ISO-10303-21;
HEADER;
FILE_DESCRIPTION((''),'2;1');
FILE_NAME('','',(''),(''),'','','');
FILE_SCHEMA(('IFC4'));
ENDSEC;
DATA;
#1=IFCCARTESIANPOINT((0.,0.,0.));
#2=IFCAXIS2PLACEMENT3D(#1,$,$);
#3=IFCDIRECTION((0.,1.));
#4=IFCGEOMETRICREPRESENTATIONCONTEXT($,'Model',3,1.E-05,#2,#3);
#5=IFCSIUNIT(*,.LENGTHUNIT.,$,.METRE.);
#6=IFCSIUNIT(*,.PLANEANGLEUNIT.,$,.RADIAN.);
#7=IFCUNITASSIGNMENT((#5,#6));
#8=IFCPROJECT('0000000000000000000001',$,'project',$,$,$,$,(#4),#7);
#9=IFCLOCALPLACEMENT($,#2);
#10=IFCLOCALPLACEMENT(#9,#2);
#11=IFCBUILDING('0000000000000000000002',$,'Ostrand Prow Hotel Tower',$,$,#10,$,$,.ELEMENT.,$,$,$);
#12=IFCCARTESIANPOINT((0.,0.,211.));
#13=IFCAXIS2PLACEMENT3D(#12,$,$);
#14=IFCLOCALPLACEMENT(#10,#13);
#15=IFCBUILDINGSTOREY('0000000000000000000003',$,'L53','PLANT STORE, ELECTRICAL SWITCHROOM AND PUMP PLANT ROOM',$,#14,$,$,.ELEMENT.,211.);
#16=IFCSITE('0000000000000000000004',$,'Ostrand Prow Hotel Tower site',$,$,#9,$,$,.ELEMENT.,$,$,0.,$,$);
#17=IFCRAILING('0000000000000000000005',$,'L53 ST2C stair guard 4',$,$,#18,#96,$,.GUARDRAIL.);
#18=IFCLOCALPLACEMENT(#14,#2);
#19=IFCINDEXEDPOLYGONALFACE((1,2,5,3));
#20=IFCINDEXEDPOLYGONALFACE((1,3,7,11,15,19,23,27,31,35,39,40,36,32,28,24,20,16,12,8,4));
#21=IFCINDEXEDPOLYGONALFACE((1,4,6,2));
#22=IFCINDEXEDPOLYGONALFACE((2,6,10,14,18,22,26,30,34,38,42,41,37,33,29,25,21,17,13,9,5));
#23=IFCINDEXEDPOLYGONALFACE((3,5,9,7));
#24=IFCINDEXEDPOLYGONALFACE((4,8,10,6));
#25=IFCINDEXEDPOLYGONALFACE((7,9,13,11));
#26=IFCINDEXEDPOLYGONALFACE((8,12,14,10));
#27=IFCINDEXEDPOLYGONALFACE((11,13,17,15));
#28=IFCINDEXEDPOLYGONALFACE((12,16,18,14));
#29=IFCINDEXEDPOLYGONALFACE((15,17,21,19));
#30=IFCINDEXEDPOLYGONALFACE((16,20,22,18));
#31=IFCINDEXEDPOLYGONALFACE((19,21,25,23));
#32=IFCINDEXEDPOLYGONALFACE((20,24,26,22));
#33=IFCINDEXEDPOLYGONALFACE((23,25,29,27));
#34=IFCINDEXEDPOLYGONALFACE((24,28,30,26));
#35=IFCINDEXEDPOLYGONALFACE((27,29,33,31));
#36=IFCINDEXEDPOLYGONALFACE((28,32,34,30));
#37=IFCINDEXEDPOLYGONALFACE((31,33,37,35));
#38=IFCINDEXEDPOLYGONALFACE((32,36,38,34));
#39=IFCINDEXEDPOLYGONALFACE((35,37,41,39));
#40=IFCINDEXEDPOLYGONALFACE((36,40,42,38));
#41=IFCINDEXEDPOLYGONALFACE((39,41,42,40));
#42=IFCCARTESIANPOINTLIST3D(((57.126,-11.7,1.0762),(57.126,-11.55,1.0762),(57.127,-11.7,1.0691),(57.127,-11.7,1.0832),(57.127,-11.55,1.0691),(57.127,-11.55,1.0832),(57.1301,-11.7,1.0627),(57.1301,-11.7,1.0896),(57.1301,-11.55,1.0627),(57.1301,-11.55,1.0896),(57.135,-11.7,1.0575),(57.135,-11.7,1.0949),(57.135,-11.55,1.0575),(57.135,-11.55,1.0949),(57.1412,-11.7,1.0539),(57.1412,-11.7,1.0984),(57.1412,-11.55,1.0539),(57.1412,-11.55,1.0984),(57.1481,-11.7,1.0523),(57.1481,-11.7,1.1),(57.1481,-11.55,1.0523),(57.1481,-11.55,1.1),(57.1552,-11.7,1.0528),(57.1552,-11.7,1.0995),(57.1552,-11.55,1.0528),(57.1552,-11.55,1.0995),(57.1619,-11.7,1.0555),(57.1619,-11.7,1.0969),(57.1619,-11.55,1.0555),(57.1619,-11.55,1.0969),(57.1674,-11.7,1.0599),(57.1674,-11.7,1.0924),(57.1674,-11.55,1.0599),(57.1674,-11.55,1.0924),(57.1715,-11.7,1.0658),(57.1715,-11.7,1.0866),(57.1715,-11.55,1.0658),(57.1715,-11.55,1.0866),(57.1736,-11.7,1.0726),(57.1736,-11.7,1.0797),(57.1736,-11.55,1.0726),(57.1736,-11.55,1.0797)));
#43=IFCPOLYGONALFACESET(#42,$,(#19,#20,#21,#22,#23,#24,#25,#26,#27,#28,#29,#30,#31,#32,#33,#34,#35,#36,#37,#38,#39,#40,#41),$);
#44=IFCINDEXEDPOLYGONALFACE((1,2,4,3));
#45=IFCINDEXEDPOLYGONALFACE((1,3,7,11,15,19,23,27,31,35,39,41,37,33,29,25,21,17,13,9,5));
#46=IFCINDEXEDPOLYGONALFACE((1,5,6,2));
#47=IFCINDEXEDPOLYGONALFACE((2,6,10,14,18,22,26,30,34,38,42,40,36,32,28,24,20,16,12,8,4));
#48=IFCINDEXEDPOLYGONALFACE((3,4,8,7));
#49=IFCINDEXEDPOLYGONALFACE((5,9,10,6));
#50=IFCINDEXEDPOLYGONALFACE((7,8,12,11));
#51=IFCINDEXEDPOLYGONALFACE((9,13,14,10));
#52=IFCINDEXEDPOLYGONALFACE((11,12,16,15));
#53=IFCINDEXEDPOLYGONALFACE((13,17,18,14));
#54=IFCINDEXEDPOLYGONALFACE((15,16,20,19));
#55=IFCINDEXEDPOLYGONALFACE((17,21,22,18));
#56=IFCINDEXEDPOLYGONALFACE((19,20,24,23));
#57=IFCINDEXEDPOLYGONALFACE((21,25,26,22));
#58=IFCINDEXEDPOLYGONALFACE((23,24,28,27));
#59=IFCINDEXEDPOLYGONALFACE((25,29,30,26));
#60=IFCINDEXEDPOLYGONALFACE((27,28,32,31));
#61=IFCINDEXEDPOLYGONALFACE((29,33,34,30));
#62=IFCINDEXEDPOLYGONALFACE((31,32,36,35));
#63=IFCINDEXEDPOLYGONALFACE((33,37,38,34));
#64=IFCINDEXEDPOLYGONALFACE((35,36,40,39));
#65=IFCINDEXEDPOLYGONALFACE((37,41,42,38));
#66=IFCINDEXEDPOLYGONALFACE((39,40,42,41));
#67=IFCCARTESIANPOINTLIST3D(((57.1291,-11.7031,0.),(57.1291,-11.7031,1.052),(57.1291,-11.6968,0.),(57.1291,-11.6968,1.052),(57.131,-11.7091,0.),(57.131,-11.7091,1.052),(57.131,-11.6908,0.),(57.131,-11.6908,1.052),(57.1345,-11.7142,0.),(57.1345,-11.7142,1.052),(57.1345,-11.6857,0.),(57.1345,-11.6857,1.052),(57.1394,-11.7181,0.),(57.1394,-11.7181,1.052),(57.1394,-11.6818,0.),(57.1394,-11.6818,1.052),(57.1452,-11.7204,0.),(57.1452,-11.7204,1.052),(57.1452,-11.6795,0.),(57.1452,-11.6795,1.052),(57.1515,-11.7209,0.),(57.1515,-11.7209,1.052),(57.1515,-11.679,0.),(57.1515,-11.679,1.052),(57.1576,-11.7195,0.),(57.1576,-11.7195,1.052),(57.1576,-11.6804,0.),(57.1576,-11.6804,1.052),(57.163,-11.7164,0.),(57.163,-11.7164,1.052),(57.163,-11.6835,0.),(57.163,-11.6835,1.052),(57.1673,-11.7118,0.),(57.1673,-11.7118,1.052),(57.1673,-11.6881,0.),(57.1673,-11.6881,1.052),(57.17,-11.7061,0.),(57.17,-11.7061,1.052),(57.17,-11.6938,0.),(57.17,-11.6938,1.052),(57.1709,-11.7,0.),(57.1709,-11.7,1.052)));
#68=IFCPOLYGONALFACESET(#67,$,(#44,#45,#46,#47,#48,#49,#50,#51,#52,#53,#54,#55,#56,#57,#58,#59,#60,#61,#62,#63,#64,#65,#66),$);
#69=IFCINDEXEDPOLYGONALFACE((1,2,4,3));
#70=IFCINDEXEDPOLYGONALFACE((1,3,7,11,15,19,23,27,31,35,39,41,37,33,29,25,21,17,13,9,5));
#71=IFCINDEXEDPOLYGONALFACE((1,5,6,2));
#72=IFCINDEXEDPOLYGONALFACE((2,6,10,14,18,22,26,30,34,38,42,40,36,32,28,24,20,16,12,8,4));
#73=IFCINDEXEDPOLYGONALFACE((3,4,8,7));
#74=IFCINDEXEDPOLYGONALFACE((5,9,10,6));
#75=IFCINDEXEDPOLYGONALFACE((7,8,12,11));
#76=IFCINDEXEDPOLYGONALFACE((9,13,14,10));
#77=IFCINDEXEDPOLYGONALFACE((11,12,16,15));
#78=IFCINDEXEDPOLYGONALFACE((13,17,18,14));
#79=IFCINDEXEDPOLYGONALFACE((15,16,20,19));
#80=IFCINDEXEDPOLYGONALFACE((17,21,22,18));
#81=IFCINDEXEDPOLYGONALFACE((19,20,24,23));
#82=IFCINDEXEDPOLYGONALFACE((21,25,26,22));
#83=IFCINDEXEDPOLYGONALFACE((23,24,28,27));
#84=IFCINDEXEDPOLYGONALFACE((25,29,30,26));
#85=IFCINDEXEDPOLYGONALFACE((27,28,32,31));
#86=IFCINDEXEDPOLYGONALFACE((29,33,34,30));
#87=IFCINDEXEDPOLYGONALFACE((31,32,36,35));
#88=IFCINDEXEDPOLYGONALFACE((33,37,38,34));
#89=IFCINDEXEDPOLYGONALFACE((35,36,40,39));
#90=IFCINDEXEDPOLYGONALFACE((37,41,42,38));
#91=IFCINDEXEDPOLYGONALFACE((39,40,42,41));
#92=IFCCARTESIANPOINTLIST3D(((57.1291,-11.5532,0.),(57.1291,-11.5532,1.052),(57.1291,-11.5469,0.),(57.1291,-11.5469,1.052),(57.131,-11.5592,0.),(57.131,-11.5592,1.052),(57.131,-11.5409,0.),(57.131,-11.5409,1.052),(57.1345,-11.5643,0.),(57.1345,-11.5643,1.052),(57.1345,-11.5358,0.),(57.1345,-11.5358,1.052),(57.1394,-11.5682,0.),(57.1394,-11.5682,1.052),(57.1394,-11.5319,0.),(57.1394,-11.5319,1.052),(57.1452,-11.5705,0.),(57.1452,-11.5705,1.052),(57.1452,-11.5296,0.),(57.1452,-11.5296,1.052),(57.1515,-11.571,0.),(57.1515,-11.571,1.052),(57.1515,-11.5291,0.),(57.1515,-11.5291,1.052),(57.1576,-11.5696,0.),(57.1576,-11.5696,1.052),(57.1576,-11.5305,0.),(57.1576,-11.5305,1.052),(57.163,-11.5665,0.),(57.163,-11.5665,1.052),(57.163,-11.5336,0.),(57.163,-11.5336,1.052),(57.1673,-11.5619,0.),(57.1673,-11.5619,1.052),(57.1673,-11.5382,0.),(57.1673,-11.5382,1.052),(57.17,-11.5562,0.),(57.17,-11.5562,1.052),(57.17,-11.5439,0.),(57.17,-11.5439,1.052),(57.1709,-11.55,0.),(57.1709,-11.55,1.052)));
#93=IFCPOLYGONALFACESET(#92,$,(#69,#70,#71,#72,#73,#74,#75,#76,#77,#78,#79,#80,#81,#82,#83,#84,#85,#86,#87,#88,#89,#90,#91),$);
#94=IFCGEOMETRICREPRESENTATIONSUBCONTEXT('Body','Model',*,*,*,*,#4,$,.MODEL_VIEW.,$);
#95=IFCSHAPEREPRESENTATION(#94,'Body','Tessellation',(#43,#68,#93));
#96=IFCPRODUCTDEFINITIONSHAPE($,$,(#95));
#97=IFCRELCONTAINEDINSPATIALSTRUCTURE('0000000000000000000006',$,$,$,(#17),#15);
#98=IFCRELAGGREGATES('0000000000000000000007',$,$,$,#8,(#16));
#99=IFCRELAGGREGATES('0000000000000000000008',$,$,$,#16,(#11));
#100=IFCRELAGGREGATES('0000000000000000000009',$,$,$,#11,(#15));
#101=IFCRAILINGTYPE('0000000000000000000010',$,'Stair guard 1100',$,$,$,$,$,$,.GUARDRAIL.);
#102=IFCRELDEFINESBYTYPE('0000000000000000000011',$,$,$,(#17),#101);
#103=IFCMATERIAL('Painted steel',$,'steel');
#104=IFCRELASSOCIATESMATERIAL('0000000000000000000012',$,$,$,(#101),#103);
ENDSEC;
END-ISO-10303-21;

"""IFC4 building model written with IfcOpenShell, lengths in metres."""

from ifc_helpers import new_model, si_unit, direction, frame, origin, origin_2d, place, context, subcontext, project, spatial, circle, extrude, material, type_object, element, save


model = new_model("IFC4")

# Units and contexts
model_context = context("Model", 3, precision=1e-05, world=origin(), true_north=direction((0.0, 1.0)))
body_context = subcontext(model_context, "Body", "Model", "MODEL_VIEW")
ifc_project = project(units=[si_unit("LENGTHUNIT", "METRE"), si_unit("PLANEANGLEUNIT", "RADIAN")], contexts=[model_context])

# Site, building, storey
site_placement = place(None, origin())
site = spatial("IfcSite", under=ifc_project, at=site_placement, Name="Ostrand Prow Hotel Tower site", CompositionType="ELEMENT", RefElevation=0.0)
building_placement = place(site_placement, origin())
building = spatial("IfcBuilding", under=site, at=building_placement, Name="Ostrand Prow Hotel Tower", CompositionType="ELEMENT")
storey_placement = place(building_placement, frame((0.0, 0.0, 211.0)))
storey = spatial("IfcBuildingStorey", under=building, at=storey_placement, Name="L53", Description="PLANT STORE, ELECTRICAL SWITCHROOM AND PUMP PLANT ROOM", CompositionType="ELEMENT", Elevation=211.0)

# Railing
ifc_material_1 = material(Name="Painted steel", Category="steel")
railing_type_1 = type_object("IfcRailingType", Name="Stair guard 1100", PredefinedType="GUARDRAIL", material=ifc_material_1)
railing_1_placement = place(storey_placement, frame((57.1499, -11.7, 0.0)))
element("IfcRailing", 1, at=railing_1_placement, inside=storey, type_object=railing_type_1, Name="L53 ST2C stair guard 4", PredefinedType="GUARDRAIL", context=body_context, shape_type="SweptSolid", body=[
    extrude(circle(Radius=0.0239, at=origin_2d()), frame((0.0, 0.0, 1.0762), z_axis=(0.0, 1.0, 0.0), x_axis=(-1.0, 0.0, 0.0)), (0.0, 0.0, 1.0), 0.1499),
    extrude(circle(Radius=0.021, at=origin_2d()), origin(), (0.0, 0.0, 1.0), 1.052),
    extrude(circle(Radius=0.021, at=origin_2d()), frame((0.0, 0.1499, 0.0)), (0.0, 0.0, 1.0), 1.052),
])

save(model, "model.ifc")
